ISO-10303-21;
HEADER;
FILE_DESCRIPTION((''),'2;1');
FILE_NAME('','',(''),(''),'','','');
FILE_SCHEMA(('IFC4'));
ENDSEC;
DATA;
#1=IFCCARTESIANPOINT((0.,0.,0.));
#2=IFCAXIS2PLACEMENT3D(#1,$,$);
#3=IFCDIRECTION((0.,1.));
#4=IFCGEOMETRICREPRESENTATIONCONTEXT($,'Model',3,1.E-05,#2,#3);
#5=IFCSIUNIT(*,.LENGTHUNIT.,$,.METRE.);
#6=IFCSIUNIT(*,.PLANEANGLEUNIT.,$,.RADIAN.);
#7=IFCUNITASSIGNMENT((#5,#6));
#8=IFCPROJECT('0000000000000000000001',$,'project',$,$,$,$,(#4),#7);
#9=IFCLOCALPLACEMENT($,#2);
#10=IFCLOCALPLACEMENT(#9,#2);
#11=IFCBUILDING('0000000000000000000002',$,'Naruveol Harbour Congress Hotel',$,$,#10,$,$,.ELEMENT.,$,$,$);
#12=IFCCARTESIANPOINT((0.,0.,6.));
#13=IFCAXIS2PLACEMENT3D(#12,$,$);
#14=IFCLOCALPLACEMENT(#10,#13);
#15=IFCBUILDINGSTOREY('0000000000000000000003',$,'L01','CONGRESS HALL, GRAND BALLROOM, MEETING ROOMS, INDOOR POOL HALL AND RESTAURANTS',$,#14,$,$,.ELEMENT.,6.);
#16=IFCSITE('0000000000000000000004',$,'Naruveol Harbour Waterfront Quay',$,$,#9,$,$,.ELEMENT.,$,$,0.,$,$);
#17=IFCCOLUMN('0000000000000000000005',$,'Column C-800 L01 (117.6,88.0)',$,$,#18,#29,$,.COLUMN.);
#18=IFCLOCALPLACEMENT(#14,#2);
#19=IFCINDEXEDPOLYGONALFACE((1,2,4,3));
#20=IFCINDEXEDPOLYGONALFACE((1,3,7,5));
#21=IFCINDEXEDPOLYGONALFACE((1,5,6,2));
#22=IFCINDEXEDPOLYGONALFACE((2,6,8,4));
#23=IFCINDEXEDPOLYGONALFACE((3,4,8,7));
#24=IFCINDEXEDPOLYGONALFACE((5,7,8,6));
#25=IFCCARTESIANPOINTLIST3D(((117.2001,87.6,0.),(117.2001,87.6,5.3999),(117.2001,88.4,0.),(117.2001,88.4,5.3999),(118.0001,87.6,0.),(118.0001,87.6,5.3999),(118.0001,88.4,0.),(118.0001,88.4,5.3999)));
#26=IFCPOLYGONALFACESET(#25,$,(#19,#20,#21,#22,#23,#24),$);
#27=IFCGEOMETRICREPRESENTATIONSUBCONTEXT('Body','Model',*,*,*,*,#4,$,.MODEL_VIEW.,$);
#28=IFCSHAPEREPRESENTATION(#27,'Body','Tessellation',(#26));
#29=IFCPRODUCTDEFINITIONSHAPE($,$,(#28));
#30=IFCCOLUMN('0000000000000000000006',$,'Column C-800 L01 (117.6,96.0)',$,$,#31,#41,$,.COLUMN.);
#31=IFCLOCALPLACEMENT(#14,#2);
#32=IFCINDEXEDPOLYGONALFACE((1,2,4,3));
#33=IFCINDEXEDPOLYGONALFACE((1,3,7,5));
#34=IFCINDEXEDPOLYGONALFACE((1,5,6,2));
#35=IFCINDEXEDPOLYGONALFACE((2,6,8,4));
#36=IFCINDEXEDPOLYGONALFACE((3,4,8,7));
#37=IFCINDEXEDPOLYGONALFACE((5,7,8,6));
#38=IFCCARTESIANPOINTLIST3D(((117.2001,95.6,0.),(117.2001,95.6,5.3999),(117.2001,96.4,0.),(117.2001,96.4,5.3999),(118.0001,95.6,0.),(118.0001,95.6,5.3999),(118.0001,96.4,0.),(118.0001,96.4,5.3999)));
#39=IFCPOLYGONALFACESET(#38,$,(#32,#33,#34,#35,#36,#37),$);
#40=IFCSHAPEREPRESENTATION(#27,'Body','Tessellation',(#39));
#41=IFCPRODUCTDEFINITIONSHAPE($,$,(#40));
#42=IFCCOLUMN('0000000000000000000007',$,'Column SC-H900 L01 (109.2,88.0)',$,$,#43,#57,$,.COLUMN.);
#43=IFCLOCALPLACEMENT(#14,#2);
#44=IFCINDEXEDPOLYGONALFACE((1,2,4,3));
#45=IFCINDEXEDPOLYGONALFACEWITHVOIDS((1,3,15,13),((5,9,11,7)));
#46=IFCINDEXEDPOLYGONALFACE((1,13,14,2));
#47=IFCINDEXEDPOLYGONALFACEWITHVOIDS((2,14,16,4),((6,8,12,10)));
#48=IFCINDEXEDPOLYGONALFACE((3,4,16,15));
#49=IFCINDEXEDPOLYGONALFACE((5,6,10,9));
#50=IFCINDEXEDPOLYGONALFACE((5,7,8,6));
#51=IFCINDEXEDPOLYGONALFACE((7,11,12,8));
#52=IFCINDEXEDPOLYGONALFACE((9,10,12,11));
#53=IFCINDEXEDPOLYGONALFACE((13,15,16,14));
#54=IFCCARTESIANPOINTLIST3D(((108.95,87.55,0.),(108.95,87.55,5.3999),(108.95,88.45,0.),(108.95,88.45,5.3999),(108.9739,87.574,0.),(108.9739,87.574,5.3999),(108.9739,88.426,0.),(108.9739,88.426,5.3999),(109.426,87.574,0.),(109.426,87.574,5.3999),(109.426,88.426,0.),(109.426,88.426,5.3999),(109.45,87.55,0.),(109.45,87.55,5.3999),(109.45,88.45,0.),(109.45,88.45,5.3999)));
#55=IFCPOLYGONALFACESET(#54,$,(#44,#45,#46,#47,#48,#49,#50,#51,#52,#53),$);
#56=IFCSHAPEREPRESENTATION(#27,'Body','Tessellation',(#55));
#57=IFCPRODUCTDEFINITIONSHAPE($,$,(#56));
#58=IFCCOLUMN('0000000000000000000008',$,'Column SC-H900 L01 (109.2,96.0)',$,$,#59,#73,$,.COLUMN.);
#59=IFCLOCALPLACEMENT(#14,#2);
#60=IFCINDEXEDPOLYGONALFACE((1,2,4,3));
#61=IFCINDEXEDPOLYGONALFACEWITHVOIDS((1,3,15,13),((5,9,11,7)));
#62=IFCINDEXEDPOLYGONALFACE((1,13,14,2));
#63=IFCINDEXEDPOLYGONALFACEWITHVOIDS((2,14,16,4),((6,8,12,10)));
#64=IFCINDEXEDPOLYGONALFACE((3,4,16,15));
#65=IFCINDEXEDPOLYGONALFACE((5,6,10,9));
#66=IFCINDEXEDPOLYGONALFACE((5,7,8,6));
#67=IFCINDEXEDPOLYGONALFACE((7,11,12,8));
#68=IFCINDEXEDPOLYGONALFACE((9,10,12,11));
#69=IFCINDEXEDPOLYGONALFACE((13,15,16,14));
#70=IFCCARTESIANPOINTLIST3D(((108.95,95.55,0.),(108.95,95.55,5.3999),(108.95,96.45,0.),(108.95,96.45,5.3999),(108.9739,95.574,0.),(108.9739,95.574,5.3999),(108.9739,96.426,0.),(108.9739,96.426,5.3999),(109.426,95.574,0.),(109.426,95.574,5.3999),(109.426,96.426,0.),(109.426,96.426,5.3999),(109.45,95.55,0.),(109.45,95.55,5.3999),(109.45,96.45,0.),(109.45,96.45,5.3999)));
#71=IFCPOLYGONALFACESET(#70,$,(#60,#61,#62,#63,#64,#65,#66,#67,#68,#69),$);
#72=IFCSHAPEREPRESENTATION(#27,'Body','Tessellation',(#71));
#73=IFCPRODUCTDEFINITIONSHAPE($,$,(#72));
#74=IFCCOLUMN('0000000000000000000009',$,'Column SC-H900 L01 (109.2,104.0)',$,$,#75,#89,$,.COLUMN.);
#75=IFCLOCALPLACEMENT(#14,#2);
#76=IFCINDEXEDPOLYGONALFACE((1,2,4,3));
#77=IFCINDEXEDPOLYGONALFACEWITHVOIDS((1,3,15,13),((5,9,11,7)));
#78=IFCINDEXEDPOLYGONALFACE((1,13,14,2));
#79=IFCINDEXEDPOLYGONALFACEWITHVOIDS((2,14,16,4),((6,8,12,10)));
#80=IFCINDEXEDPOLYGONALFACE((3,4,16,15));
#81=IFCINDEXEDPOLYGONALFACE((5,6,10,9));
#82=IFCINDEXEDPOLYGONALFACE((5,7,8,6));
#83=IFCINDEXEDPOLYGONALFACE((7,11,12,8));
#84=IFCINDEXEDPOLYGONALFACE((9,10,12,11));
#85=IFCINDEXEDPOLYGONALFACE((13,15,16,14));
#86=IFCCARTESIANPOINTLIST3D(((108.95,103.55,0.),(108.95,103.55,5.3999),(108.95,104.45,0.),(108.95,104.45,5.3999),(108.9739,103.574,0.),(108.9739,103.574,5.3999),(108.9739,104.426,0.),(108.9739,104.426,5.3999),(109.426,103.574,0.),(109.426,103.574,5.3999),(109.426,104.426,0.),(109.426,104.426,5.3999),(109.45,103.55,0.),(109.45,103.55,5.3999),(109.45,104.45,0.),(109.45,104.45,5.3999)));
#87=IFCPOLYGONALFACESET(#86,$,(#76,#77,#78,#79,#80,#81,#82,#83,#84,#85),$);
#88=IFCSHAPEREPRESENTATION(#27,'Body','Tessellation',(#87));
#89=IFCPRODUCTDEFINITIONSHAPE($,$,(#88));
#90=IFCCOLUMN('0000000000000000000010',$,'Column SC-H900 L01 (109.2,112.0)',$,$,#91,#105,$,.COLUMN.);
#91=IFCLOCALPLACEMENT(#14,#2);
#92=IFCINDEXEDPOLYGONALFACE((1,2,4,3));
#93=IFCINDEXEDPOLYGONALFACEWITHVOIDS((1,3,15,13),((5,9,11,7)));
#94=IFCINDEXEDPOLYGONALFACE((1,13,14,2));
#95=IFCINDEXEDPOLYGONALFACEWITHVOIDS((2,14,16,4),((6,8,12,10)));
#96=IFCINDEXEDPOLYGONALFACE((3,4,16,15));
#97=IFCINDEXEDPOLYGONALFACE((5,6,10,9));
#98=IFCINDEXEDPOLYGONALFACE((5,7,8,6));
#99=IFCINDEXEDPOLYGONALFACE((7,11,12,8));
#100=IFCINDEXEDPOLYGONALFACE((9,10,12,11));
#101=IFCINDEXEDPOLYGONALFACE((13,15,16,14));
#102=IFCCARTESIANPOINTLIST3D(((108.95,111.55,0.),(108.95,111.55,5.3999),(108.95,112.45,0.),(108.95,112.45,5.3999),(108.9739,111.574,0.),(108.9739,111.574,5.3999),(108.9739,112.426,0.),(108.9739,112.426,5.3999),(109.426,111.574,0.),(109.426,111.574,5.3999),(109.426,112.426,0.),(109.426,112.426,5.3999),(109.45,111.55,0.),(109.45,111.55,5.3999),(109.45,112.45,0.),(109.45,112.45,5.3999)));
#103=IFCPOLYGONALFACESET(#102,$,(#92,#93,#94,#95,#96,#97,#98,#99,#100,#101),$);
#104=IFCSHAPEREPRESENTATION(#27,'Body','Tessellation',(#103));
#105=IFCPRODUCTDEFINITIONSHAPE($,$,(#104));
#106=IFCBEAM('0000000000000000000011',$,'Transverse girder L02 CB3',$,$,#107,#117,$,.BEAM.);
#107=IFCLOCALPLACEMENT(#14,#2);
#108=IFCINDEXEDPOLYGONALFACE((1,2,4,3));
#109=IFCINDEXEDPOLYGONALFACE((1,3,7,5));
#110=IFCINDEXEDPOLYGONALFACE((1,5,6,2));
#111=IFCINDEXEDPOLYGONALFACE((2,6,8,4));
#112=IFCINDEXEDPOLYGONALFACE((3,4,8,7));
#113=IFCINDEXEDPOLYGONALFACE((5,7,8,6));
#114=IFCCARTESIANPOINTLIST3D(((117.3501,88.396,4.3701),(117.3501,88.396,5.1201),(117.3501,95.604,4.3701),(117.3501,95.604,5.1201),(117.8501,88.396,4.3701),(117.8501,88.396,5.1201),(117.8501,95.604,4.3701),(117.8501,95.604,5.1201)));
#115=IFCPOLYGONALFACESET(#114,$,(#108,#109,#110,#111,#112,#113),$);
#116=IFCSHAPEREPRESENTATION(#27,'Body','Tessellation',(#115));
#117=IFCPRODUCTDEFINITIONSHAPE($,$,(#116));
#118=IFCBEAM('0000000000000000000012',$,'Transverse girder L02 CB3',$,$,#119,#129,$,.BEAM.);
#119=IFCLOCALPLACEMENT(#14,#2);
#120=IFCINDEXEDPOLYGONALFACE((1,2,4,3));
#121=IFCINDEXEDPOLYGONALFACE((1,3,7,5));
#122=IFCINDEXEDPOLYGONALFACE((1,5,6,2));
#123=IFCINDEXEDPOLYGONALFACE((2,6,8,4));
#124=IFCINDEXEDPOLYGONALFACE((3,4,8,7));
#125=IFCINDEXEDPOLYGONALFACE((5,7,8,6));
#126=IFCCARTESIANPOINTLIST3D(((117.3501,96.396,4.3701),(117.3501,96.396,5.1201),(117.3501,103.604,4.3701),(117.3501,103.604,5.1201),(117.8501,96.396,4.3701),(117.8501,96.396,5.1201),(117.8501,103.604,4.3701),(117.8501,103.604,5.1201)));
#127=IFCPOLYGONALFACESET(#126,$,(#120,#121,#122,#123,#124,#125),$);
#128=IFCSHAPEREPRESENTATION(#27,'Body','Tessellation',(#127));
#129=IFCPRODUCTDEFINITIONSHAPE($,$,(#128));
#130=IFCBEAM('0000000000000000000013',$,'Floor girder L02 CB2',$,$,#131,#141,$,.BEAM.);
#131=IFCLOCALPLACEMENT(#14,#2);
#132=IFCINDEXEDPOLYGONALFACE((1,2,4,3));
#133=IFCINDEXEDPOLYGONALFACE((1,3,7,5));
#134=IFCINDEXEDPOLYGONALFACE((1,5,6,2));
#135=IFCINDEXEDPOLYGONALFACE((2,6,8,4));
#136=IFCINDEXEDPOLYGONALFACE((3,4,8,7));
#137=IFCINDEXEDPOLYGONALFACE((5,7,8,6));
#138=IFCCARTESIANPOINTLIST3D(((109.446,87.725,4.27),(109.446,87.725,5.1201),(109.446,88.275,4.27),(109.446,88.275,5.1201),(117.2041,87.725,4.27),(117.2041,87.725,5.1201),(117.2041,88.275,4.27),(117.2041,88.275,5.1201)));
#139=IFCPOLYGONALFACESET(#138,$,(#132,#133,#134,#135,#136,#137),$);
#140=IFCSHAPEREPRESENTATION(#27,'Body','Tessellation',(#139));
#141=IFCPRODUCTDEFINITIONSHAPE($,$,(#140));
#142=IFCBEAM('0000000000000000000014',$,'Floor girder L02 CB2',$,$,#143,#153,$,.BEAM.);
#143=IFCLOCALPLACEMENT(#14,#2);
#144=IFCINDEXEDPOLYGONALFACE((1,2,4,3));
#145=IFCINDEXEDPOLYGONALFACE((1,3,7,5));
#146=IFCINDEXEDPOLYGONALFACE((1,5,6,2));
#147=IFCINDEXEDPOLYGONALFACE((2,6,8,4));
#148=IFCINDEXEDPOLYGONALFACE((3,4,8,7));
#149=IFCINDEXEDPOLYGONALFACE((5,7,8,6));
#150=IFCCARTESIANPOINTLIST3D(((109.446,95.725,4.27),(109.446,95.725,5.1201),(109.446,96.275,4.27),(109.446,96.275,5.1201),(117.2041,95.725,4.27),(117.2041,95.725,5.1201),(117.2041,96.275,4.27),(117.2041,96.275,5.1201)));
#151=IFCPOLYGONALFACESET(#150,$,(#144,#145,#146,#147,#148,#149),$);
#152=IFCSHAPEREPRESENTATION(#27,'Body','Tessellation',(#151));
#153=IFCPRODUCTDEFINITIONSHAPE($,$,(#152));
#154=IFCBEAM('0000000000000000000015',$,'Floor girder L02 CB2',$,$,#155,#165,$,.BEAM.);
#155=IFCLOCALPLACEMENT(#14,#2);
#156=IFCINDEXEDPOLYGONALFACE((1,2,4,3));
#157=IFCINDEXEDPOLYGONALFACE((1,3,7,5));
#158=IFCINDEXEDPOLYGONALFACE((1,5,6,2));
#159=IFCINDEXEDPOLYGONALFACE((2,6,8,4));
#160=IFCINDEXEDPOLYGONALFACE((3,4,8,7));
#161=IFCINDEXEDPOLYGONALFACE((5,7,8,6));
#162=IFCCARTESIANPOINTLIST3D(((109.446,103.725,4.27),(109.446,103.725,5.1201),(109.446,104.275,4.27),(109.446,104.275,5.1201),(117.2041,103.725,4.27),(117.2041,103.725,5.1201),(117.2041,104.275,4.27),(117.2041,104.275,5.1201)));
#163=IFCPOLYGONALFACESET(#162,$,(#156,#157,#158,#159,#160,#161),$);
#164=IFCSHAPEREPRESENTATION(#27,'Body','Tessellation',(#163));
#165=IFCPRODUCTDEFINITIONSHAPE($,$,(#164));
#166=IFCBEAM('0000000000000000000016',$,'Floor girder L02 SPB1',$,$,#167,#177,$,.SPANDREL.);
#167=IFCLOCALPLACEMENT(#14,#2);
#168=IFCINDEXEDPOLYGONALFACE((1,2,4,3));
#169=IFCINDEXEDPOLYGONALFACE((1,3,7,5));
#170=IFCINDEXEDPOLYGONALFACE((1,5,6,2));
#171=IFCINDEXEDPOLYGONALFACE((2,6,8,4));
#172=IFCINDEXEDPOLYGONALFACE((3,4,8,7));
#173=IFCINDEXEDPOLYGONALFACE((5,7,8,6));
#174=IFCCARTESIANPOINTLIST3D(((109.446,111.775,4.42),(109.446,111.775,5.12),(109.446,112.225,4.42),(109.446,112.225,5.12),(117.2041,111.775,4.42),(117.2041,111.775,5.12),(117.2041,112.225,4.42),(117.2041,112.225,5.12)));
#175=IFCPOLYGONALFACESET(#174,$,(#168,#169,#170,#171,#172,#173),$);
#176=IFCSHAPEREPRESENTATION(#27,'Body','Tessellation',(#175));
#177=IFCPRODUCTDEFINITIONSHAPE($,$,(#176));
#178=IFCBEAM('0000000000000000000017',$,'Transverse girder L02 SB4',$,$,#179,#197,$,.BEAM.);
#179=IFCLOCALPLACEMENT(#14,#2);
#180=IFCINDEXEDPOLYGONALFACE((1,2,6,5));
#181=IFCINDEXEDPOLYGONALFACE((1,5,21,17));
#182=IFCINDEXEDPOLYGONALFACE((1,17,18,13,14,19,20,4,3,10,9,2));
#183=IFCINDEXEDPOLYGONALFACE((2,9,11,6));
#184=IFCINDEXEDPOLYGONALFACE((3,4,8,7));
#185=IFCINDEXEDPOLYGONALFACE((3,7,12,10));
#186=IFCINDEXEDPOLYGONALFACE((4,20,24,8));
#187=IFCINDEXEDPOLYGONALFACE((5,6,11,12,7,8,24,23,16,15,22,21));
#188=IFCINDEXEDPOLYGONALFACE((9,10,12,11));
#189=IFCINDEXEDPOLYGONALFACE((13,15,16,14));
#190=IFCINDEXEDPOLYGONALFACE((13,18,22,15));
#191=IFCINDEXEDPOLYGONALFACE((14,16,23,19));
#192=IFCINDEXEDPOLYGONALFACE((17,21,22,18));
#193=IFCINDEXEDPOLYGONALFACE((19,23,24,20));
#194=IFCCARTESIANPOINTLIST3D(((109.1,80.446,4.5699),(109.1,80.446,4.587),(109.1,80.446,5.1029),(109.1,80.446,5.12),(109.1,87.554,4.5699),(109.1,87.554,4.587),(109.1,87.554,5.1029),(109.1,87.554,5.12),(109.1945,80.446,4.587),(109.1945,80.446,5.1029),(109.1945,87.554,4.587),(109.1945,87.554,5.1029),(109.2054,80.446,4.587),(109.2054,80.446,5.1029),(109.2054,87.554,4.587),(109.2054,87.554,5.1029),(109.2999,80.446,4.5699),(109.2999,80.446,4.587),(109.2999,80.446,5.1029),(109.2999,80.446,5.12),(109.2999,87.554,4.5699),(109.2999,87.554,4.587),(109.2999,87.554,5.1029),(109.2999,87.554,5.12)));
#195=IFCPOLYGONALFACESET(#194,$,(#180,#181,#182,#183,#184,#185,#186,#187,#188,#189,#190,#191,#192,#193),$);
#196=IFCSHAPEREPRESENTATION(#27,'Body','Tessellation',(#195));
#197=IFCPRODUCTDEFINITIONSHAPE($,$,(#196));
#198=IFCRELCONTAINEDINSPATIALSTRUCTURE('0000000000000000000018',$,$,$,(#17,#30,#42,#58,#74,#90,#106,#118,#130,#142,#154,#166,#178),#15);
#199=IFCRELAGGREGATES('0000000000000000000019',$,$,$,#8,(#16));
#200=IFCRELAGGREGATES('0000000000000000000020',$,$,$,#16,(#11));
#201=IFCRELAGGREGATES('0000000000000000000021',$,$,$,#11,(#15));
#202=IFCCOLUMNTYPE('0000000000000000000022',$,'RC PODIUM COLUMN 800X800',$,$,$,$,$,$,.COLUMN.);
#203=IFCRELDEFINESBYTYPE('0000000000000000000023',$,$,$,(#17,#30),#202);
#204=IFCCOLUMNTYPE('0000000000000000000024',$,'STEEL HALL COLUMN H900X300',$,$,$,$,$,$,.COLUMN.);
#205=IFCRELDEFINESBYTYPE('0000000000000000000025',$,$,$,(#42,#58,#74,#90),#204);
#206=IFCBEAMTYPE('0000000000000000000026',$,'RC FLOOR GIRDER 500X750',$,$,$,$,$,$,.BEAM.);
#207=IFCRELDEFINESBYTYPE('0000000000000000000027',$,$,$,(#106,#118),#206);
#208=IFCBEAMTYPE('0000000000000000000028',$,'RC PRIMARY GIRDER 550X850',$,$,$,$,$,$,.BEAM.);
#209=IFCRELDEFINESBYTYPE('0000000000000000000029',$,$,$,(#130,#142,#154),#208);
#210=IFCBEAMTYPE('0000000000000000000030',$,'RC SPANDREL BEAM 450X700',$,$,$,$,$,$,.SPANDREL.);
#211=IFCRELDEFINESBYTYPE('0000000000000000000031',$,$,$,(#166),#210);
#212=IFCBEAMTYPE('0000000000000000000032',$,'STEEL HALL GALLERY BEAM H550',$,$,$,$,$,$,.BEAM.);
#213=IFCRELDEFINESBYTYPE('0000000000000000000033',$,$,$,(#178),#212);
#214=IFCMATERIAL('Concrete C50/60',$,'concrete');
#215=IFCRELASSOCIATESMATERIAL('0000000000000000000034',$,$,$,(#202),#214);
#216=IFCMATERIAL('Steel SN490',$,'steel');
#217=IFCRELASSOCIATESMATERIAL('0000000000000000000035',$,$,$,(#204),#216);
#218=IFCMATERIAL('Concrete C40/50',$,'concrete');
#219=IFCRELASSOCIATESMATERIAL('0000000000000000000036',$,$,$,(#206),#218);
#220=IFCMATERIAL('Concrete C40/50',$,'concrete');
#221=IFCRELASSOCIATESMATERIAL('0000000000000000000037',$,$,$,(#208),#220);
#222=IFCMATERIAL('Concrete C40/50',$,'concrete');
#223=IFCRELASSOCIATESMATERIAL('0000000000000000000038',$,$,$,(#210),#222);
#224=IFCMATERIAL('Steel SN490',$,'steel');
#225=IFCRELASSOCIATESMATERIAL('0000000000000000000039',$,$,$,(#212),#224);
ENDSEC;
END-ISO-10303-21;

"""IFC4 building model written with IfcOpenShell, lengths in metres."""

from ifc_helpers import new_model, si_unit, direction, frame, origin, origin_2d, place, context, subcontext, project, spatial, rectangle, hollow_rectangle, i_section, extrude, material, material_profile, profile_set, type_object, element, save


model = new_model("IFC4")

# Units and contexts
model_context = context("Model", 3, precision=1e-05, world=origin(), true_north=direction((0.0, 1.0)))
body_context = subcontext(model_context, "Body", "Model", "MODEL_VIEW")
ifc_project = project(units=[si_unit("LENGTHUNIT", "METRE"), si_unit("PLANEANGLEUNIT", "RADIAN")], contexts=[model_context])

# Site, building, storey
site_placement = place(None, origin())
site = spatial("IfcSite", under=ifc_project, at=site_placement, Name="Naruveol Harbour Waterfront Quay", CompositionType="ELEMENT", RefElevation=0.0)
building_placement = place(site_placement, origin())
building = spatial("IfcBuilding", under=site, at=building_placement, Name="Naruveol Harbour Congress Hotel", CompositionType="ELEMENT")
storey_placement = place(building_placement, frame((0.0, 0.0, 6.0)))
storey = spatial("IfcBuildingStorey", under=building, at=storey_placement, Name="L01", Description="CONGRESS HALL, GRAND BALLROOM, MEETING ROOMS, INDOOR POOL HALL AND RESTAURANTS", CompositionType="ELEMENT", Elevation=6.0)

# Columns
ifc_material_1 = material(Name="Concrete C50/60", Category="concrete")
ifc_material_profile_1 = material_profile(ifc_material_1, rectangle(XDim=0.8, YDim=0.8, at=origin_2d()), Name="RC-800x800")
ifc_profile_set_1 = profile_set([ifc_material_profile_1], Name="Concrete C50/60")
column_type_1 = type_object("IfcColumnType", Name="RC PODIUM COLUMN 800X800", PredefinedType="COLUMN", material=ifc_profile_set_1)
for number, where, z_axis, x_axis, name in (
    (1, (117.6001, 88.0, 0.0), (0.0, 0.0, 1.0), (1.0, 0.0, 0.0), "Column C-800 L01 (117.6,88.0)"),
    (2, (117.6001, 96.0, 0.0), (0.0, 0.0, 1.0), (1.0, 0.0, 0.0), "Column C-800 L01 (117.6,96.0)"),
):
    element("IfcColumn", number, at=place(storey_placement, frame(where, z_axis=z_axis, x_axis=x_axis)), inside=storey, type_object=column_type_1, Name=name, PredefinedType="COLUMN", context=body_context, shape_type="SweptSolid", body=[
        extrude(rectangle(XDim=0.8, YDim=0.8, at=origin_2d()), origin(), (0.0, 0.0, 1.0), 5.3999),
    ])
ifc_material_2 = material(Name="Steel SN490", Category="steel")
ifc_material_profile_2 = material_profile(ifc_material_2, hollow_rectangle(XDim=0.5, YDim=0.8999, WallThickness=0.0239, at=origin_2d()), Name="RHS-900x500x24")
ifc_profile_set_2 = profile_set([ifc_material_profile_2], Name="Steel SN490")
column_type_2 = type_object("IfcColumnType", Name="STEEL HALL COLUMN H900X300", PredefinedType="COLUMN", material=ifc_profile_set_2)
for number, where, z_axis, x_axis, name in (
    (3, (109.2, 88.0, 0.0), (0.0, 0.0, 1.0), (1.0, 0.0, 0.0), "Column SC-H900 L01 (109.2,88.0)"),
    (4, (109.2, 96.0, 0.0), (0.0, 0.0, 1.0), (1.0, 0.0, 0.0), "Column SC-H900 L01 (109.2,96.0)"),
    (5, (109.2, 104.0, 0.0), (0.0, 0.0, 1.0), (1.0, 0.0, 0.0), "Column SC-H900 L01 (109.2,104.0)"),
    (6, (109.2, 112.0, 0.0), (0.0, 0.0, 1.0), (1.0, 0.0, 0.0), "Column SC-H900 L01 (109.2,112.0)"),
):
    element("IfcColumn", number, at=place(storey_placement, frame(where, z_axis=z_axis, x_axis=x_axis)), inside=storey, type_object=column_type_2, Name=name, PredefinedType="COLUMN", context=body_context, shape_type="SweptSolid", body=[
        extrude(hollow_rectangle(XDim=0.5, YDim=0.8999, WallThickness=0.0239, at=origin_2d()), origin(), (0.0, 0.0, 1.0), 5.3999),
    ])

# Beams
ifc_material_3 = material(Name="Concrete C40/50", Category="concrete")
ifc_material_profile_3 = material_profile(ifc_material_3, rectangle(XDim=0.5, YDim=0.75, at=origin_2d()), Name="RCB-500x750")
ifc_profile_set_3 = profile_set([ifc_material_profile_3], Name="Concrete C40/50")
beam_type_1 = type_object("IfcBeamType", Name="RC FLOOR GIRDER 500X750", PredefinedType="BEAM", material=ifc_profile_set_3)
for number, where, z_axis, x_axis, name in (
    (7, (117.6001, 88.396, 4.7451), (0.0, 1.0, 0.0), (-1.0, 0.0, 0.0), "Transverse girder L02 CB3"),
    (8, (117.6001, 96.396, 4.7451), (0.0, 1.0, 0.0), (-1.0, 0.0, 0.0), "Transverse girder L02 CB3"),
):
    element("IfcBeam", number, at=place(storey_placement, frame(where, z_axis=z_axis, x_axis=x_axis)), inside=storey, type_object=beam_type_1, Name=name, PredefinedType="BEAM", context=body_context, shape_type="SweptSolid", body=[
        extrude(rectangle(XDim=0.5, YDim=0.75, at=origin_2d()), origin(), (0.0, 0.0, 1.0), 7.208),
    ])
ifc_material_4 = material(Name="Concrete C40/50", Category="concrete")
ifc_material_profile_4 = material_profile(ifc_material_4, rectangle(XDim=0.55, YDim=0.8501, at=origin_2d()), Name="RCB-550x850")
ifc_profile_set_4 = profile_set([ifc_material_profile_4], Name="Concrete C40/50")
beam_type_2 = type_object("IfcBeamType", Name="RC PRIMARY GIRDER 550X850", PredefinedType="BEAM", material=ifc_profile_set_4)
for number, where, z_axis, x_axis, name in (
    (9, (109.446, 88.0, 4.6951), (1.0, 0.0, 0.0), (0.0, 1.0, 0.0), "Floor girder L02 CB2"),
    (10, (109.446, 96.0, 4.6951), (1.0, 0.0, 0.0), (0.0, 1.0, 0.0), "Floor girder L02 CB2"),
    (11, (109.446, 104.0, 4.6951), (1.0, 0.0, 0.0), (0.0, 1.0, 0.0), "Floor girder L02 CB2"),
):
    element("IfcBeam", number, at=place(storey_placement, frame(where, z_axis=z_axis, x_axis=x_axis)), inside=storey, type_object=beam_type_2, Name=name, PredefinedType="BEAM", context=body_context, shape_type="SweptSolid", body=[
        extrude(rectangle(XDim=0.55, YDim=0.8501, at=origin_2d()), origin(), (0.0, 0.0, 1.0), 7.7581),
    ])
ifc_material_5 = material(Name="Concrete C40/50", Category="concrete")
ifc_material_profile_5 = material_profile(ifc_material_5, rectangle(XDim=0.45, YDim=0.7, at=origin_2d()), Name="RCB-450x700")
ifc_profile_set_5 = profile_set([ifc_material_profile_5], Name="Concrete C40/50")
beam_type_3 = type_object("IfcBeamType", Name="RC SPANDREL BEAM 450X700", PredefinedType="SPANDREL", material=ifc_profile_set_5)
beam_1_placement = place(storey_placement, frame((109.446, 112.0, 4.77), z_axis=(1.0, 0.0, 0.0), x_axis=(0.0, 1.0, 0.0)))
element("IfcBeam", 12, at=beam_1_placement, inside=storey, type_object=beam_type_3, Name="Floor girder L02 SPB1", PredefinedType="SPANDREL", context=body_context, shape_type="SweptSolid", body=[
    extrude(rectangle(XDim=0.45, YDim=0.7, at=origin_2d()), origin(), (0.0, 0.0, 1.0), 7.7581),
])
ifc_material_6 = material(Name="Steel SN490", Category="steel")
ifc_material_profile_6 = material_profile(ifc_material_6, i_section(OverallWidth=0.2, OverallDepth=0.55, WebThickness=0.011, FlangeThickness=0.0171, at=origin_2d()), Name="H-550x200x11x17")
ifc_profile_set_6 = profile_set([ifc_material_profile_6], Name="Steel SN490")
beam_type_4 = type_object("IfcBeamType", Name="STEEL HALL GALLERY BEAM H550", PredefinedType="BEAM", material=ifc_profile_set_6)
for number, where, z_axis, x_axis, name in (
    (13, (109.2, 80.446, 4.845), (0.0, 1.0, 0.0), (-1.0, 0.0, 0.0), "Transverse girder L02 SB4"),
):
    element("IfcBeam", number, at=place(storey_placement, frame(where, z_axis=z_axis, x_axis=x_axis)), inside=storey, type_object=beam_type_4, Name=name, PredefinedType="BEAM", context=body_context, shape_type="SweptSolid", body=[
        extrude(i_section(OverallWidth=0.2, OverallDepth=0.55, WebThickness=0.011, FlangeThickness=0.0171, at=origin_2d()), origin(), (0.0, 0.0, 1.0), 7.1079),
    ])

save(model, "model.ifc")
